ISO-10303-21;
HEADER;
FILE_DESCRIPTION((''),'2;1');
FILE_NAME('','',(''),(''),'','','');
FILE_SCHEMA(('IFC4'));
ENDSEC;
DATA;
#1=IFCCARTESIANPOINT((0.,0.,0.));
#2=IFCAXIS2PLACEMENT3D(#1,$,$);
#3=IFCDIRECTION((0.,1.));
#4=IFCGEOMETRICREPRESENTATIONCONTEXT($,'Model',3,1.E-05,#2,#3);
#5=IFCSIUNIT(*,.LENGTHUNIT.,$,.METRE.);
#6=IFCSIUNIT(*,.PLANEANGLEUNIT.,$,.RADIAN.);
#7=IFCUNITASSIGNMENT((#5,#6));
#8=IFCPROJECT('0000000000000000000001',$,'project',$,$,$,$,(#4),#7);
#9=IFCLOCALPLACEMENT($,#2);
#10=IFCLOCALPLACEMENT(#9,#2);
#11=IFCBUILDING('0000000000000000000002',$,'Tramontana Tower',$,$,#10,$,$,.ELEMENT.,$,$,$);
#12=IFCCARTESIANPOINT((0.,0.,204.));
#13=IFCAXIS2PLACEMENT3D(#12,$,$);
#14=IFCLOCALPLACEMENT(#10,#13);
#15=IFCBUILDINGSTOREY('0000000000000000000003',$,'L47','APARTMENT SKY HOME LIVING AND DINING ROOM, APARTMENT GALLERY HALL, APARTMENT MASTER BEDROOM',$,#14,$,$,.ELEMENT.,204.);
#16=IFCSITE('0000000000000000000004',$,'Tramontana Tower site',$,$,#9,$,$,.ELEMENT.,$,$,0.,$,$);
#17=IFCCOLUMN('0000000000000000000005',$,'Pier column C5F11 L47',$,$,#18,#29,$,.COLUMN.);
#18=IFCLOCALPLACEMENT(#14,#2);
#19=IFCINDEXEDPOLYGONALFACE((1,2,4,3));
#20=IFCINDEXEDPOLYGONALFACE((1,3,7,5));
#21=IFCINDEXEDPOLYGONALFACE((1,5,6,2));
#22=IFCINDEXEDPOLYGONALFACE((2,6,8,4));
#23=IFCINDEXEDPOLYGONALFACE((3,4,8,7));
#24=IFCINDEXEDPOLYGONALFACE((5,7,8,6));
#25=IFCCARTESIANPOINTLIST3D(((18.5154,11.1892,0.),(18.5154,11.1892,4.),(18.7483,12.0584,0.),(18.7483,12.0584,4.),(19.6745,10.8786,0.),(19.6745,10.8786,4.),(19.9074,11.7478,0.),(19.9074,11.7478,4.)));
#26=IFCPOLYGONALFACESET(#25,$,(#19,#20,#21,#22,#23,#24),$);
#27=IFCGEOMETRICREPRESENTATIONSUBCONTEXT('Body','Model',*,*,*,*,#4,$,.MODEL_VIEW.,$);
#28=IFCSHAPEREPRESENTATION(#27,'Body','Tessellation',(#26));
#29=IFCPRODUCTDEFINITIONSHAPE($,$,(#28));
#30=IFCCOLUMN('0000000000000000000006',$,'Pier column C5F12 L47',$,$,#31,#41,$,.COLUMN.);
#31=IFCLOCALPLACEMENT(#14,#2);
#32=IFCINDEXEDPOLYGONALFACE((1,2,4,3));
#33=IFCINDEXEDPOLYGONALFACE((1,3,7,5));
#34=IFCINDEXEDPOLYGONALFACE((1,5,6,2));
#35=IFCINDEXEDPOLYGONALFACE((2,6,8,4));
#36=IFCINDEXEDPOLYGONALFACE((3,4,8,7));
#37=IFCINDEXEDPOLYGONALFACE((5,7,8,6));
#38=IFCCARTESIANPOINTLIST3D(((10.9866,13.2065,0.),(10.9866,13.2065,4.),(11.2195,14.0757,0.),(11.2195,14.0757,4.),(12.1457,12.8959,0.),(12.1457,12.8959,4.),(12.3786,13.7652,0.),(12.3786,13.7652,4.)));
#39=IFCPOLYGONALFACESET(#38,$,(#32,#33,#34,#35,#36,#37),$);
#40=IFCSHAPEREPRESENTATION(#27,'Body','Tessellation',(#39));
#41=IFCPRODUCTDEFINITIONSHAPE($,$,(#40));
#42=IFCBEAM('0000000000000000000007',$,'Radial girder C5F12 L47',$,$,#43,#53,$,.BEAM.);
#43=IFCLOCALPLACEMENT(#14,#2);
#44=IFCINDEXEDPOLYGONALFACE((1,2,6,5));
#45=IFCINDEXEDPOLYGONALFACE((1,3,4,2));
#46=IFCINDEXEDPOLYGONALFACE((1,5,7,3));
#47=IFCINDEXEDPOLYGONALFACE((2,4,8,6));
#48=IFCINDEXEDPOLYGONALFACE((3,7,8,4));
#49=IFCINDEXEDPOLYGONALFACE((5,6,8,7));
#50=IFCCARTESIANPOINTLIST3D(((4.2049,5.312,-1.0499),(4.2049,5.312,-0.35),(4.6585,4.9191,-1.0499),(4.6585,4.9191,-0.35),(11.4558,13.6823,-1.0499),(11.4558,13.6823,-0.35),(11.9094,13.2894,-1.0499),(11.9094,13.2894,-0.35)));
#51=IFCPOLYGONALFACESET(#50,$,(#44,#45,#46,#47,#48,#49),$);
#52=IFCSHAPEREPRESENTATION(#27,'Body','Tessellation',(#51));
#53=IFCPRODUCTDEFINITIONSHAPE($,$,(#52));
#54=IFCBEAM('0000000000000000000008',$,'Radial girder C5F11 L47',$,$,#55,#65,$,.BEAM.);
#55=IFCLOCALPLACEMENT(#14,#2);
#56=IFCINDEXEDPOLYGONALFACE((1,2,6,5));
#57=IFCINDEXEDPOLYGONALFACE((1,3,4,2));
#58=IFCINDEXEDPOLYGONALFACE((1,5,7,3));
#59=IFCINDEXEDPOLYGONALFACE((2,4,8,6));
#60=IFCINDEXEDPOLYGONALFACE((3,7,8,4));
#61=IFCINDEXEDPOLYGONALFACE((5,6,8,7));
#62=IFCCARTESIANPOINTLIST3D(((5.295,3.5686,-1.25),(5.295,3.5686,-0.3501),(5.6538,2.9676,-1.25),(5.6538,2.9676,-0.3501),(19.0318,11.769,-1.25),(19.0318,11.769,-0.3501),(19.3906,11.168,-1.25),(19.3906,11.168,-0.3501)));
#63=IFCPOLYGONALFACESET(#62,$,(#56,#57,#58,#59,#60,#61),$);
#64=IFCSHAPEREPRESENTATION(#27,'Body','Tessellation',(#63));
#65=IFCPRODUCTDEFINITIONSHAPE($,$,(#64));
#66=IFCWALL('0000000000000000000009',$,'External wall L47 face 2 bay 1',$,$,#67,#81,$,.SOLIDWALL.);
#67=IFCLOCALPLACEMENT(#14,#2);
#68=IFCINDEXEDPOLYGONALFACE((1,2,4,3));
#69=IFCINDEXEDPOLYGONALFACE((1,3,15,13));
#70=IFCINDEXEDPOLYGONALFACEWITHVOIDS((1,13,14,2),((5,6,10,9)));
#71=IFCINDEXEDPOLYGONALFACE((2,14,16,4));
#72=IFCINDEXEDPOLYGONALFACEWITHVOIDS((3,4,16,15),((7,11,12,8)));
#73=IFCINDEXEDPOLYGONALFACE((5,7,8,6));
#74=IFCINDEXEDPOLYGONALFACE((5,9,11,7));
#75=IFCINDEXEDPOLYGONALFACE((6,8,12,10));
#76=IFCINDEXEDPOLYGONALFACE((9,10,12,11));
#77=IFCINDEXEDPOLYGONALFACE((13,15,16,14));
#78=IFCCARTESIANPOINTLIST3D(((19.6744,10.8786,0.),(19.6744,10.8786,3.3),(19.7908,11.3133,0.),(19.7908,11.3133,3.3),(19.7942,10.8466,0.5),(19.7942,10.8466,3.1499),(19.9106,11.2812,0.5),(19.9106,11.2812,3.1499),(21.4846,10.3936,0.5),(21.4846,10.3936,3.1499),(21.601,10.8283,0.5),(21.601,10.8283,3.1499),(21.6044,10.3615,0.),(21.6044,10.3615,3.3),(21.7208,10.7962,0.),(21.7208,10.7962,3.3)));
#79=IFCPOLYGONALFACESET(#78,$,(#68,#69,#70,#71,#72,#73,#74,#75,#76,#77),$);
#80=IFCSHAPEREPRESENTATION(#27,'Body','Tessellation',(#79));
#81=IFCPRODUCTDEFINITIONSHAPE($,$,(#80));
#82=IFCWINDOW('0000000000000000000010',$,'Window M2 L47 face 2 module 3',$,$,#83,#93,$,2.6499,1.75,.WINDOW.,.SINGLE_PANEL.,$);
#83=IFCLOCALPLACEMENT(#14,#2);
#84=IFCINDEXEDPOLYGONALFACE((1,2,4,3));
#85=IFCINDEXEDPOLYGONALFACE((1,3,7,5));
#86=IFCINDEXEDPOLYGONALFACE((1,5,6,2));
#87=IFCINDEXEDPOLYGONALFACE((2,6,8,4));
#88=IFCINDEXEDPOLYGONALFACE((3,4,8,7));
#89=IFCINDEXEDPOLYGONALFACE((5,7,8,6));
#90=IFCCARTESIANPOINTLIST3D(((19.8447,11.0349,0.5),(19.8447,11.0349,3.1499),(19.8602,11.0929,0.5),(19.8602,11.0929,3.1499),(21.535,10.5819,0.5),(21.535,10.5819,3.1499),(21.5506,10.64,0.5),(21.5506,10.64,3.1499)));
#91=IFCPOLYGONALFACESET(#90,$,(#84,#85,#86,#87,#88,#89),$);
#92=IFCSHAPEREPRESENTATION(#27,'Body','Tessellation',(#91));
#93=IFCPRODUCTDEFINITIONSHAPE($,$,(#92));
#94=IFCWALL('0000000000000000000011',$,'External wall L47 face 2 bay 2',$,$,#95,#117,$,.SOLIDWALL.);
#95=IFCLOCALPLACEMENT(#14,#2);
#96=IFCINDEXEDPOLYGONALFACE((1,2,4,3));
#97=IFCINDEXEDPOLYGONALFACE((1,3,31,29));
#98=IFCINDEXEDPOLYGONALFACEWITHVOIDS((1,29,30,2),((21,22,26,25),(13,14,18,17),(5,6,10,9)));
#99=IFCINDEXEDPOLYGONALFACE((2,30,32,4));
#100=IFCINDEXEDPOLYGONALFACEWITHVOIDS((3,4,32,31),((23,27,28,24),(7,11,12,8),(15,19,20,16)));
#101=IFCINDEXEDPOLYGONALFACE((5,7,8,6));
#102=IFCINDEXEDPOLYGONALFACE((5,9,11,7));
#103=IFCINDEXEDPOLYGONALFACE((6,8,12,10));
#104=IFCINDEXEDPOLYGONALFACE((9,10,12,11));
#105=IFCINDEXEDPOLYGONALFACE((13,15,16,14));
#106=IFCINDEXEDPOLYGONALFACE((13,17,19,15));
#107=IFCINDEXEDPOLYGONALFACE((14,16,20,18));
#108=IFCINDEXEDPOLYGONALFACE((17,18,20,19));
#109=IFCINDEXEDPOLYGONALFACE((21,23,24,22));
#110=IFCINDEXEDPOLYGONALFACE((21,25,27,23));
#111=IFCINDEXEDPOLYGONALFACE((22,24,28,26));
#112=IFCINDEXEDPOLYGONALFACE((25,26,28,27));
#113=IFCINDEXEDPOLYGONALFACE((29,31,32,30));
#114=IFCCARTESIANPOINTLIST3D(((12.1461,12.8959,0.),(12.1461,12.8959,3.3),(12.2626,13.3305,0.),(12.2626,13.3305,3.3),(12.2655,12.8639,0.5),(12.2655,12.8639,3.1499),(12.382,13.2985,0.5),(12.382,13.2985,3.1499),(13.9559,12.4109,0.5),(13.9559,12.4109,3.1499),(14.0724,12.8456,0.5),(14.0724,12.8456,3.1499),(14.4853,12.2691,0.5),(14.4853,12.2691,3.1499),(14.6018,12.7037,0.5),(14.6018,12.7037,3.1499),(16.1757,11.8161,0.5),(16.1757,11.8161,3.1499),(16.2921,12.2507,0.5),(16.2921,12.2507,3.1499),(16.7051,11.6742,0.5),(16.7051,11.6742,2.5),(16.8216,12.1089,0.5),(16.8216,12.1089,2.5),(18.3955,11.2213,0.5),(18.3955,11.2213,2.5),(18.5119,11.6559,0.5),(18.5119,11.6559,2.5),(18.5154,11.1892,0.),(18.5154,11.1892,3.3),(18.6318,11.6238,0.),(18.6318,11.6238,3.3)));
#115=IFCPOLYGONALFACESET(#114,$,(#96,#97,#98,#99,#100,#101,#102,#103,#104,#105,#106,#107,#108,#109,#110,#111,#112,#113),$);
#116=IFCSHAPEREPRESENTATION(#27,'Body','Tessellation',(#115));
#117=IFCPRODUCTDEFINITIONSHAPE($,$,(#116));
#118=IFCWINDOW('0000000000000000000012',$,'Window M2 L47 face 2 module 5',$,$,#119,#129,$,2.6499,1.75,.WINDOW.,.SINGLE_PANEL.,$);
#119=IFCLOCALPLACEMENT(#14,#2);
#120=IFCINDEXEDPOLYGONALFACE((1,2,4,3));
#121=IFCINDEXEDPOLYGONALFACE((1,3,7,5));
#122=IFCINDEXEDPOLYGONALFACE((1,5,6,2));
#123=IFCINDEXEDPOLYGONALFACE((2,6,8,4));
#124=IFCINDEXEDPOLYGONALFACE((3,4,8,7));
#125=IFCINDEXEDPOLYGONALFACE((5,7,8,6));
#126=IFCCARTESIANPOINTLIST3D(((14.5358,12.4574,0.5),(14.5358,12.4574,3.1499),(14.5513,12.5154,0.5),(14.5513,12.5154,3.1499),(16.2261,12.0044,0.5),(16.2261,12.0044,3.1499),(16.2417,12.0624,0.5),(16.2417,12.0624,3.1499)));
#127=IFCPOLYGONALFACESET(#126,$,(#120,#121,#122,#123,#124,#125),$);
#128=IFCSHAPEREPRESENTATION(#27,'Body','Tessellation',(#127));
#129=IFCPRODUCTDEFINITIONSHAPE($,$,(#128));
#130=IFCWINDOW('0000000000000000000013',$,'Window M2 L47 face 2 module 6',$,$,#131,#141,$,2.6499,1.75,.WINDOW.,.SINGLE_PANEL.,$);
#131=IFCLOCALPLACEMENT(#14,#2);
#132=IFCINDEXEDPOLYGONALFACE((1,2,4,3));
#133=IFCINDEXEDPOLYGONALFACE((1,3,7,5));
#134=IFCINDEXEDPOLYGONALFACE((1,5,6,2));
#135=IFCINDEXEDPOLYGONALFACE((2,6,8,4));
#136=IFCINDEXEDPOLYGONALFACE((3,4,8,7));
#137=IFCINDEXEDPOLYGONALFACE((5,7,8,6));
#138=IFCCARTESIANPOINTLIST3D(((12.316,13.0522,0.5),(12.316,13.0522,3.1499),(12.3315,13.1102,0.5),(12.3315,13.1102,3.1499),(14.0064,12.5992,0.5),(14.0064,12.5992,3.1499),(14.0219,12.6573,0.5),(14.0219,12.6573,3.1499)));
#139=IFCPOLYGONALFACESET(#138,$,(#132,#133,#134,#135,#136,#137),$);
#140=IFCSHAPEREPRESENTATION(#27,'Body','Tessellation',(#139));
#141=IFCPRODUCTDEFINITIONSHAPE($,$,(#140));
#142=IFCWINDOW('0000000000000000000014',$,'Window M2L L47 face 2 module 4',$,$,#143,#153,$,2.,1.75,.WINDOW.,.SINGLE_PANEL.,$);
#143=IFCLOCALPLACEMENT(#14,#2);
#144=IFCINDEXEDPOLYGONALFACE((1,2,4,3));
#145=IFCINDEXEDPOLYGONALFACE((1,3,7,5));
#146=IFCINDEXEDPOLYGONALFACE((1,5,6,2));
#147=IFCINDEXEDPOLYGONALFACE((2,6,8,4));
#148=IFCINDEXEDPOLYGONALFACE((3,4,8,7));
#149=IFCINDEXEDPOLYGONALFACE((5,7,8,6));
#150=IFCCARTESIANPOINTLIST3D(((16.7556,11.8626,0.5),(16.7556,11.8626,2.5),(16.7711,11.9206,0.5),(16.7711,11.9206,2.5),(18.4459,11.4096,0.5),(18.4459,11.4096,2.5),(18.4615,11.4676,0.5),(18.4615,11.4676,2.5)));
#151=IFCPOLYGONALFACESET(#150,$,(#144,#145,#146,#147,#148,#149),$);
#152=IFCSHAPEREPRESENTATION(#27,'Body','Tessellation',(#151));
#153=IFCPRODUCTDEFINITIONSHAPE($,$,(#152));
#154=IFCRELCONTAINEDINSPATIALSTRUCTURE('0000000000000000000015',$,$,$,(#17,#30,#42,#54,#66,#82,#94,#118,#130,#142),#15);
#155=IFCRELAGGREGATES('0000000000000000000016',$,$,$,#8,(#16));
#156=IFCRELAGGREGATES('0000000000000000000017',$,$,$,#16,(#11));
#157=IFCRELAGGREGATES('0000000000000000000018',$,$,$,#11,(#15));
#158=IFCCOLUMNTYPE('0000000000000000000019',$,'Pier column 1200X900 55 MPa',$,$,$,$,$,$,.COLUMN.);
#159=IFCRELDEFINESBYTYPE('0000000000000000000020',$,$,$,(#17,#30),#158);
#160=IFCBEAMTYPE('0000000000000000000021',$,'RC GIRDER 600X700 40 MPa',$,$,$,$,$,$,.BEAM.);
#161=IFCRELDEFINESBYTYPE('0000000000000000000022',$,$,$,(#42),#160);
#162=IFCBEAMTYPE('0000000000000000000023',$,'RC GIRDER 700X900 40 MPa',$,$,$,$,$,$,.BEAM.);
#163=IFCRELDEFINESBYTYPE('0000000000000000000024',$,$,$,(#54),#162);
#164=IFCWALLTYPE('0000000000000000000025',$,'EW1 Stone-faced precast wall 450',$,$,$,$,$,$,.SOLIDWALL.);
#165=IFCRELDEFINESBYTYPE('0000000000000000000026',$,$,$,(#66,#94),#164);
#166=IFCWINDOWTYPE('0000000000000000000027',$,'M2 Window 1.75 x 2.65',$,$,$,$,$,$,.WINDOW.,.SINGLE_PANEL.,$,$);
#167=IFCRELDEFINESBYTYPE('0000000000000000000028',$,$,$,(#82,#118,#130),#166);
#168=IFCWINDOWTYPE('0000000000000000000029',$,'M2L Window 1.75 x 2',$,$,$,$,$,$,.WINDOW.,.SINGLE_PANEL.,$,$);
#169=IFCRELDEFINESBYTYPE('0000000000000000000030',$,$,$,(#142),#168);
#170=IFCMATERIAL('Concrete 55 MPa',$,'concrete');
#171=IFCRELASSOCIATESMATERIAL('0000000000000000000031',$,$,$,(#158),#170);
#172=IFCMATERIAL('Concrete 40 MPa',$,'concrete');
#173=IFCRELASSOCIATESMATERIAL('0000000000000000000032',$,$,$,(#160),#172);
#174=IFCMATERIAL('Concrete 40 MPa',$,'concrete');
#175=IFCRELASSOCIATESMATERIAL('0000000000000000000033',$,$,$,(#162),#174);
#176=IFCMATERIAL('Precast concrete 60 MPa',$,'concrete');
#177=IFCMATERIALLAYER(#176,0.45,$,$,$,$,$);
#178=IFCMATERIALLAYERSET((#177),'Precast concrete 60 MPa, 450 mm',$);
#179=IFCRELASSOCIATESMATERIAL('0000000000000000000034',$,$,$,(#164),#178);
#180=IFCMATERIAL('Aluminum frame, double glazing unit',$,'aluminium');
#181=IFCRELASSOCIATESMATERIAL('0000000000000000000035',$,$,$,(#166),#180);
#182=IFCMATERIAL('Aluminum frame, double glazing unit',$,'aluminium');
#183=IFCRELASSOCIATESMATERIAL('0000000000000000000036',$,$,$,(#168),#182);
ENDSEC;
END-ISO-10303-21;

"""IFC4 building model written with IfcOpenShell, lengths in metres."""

from ifc_helpers import new_model, si_unit, direction, frame, frame_2d, origin, origin_2d, place, context, subcontext, project, spatial, rectangle, extrude, material, layer, layer_set, material_profile, profile_set, type_object, element, fill, save


model = new_model("IFC4")

# Units and contexts
model_context = context("Model", 3, precision=1e-05, world=origin(), true_north=direction((0.0, 1.0)))
body_context = subcontext(model_context, "Body", "Model", "MODEL_VIEW")
ifc_project = project(units=[si_unit("LENGTHUNIT", "METRE"), si_unit("PLANEANGLEUNIT", "RADIAN")], contexts=[model_context])

# Site, building, storey
site_placement = place(None, origin())
site = spatial("IfcSite", under=ifc_project, at=site_placement, Name="Tramontana Tower site", CompositionType="ELEMENT", RefElevation=0.0)
building_placement = place(site_placement, origin())
building = spatial("IfcBuilding", under=site, at=building_placement, Name="Tramontana Tower", CompositionType="ELEMENT")
storey_placement = place(building_placement, frame((0.0, 0.0, 204.0)))
storey = spatial("IfcBuildingStorey", under=building, at=storey_placement, Name="L47", Description="APARTMENT SKY HOME LIVING AND DINING ROOM, APARTMENT GALLERY HALL, APARTMENT MASTER BEDROOM", CompositionType="ELEMENT", Elevation=204.0)

# Columns
ifc_material_1 = material(Name="Concrete 55 MPa", Category="concrete")
ifc_material_profile_1 = material_profile(ifc_material_1, rectangle(XDim=1.2, YDim=0.8999, at=origin_2d()), Name="Pier column 1200X900 55 MPa")
ifc_profile_set_1 = profile_set([ifc_material_profile_1], Name="Concrete 55 MPa")
column_type = type_object("IfcColumnType", Name="Pier column 1200X900 55 MPa", PredefinedType="COLUMN", material=ifc_profile_set_1)
for number, where, z_axis, x_axis, name in (
    (1, (19.2114, 11.4685, 0.0), (0.0, 0.0, 1.0), (-0.965926, 0.258819, 0.0), "Pier column C5F11 L47"),
    (2, (11.6826, 13.4858, 0.0), (0.0, 0.0, 1.0), (-0.965926, 0.258819, 0.0), "Pier column C5F12 L47"),
):
    element("IfcColumn", number, at=place(storey_placement, frame(where, z_axis=z_axis, x_axis=x_axis)), inside=storey, type_object=column_type, Name=name, PredefinedType="COLUMN", context=body_context, shape_type="SweptSolid", body=[
        extrude(rectangle(XDim=1.2, YDim=0.8999, at=origin_2d()), origin(), (0.0, 0.0, 1.0), 4.0),
    ])

# Beams
ifc_material_2 = material(Name="Concrete 40 MPa", Category="concrete")
ifc_material_profile_2 = material_profile(ifc_material_2, rectangle(XDim=0.6001, YDim=0.7, at=origin_2d()), Name="RC GIRDER 600X700 40 MPa")
ifc_profile_set_2 = profile_set([ifc_material_profile_2], Name="Concrete 40 MPa")
beam_type_1 = type_object("IfcBeamType", Name="RC GIRDER 600X700 40 MPa", PredefinedType="BEAM", material=ifc_profile_set_2)
beam_1_placement = place(storey_placement, frame((11.6826, 13.4858, -0.7), z_axis=(-0.654758, -0.755838, 0.0), x_axis=(0.755838, -0.654758, 0.0)))
element("IfcBeam", 3, at=beam_1_placement, inside=storey, type_object=beam_type_1, Name="Radial girder C5F12 L47", PredefinedType="BEAM", context=body_context, shape_type="SweptSolid", body=[
    extrude(rectangle(XDim=0.6001, YDim=0.7, at=origin_2d()), origin(), (0.0, 0.0, 1.0), 11.0742),
])
ifc_material_3 = material(Name="Concrete 40 MPa", Category="concrete")
ifc_material_profile_3 = material_profile(ifc_material_3, rectangle(XDim=0.7, YDim=0.8999, at=origin_2d()), Name="RC GIRDER 700X900 40 MPa")
ifc_profile_set_3 = profile_set([ifc_material_profile_3], Name="Concrete 40 MPa")
beam_type_2 = type_object("IfcBeamType", Name="RC GIRDER 700X900 40 MPa", PredefinedType="BEAM", material=ifc_profile_set_3)
beam_2_placement = place(storey_placement, frame((19.2112, 11.4685, -0.8), z_axis=(-0.858639, -0.51258, 0.0), x_axis=(0.51258, -0.858639, 0.0)))
element("IfcBeam", 4, at=beam_2_placement, inside=storey, type_object=beam_type_2, Name="Radial girder C5F11 L47", PredefinedType="BEAM", context=body_context, shape_type="SweptSolid", body=[
    extrude(rectangle(XDim=0.7, YDim=0.8999, at=origin_2d()), origin(), (0.0, 0.0, 1.0), 15.9983),
])

# Wall, opening, window
ifc_material_4 = material(Name="Precast concrete 60 MPa", Category="concrete")
ifc_layer_1 = layer(ifc_material_4, 0.45)
ifc_layer_set_1 = layer_set([ifc_layer_1], Name="Precast concrete 60 MPa, 450 mm")
wall_type_1 = type_object("IfcWallType", Name="EW1 Stone-faced precast wall 450", PredefinedType="SOLIDWALL", material=ifc_layer_set_1)
wall_1_placement = place(storey_placement, frame((21.6626, 10.5789, 0.0), z_axis=(0.0, 0.0, 1.0), x_axis=(-0.96593, 0.258803, 0.0)))
wall_1 = element("IfcWall", 5, at=wall_1_placement, inside=storey, type_object=wall_type_1, Name="External wall L47 face 2 bay 1", PredefinedType="SOLIDWALL", context=body_context, shape_type="SweptSolid", body=[
    extrude(rectangle(XDim=1.998, YDim=0.45, at=frame_2d((0.999, 0.0))), origin(), (0.0, 0.0, 1.0), 3.3),
])
opening_1_placement = place(wall_1_placement, frame((0.124, 0.0, 0.5)))
opening_1 = element("IfcOpeningElement", 6, at=opening_1_placement, cuts=wall_1, PredefinedType="OPENING", context=body_context, shape_type="SweptSolid", body=[
    extrude(rectangle(XDim=1.75, YDim=2.6499, at=frame_2d((0.875, 1.325))), frame((0.0, 0.2349, 0.0), z_axis=(0.0, -1.0, 0.0), x_axis=(1.0, 0.0, 0.0)), (0.0, 0.0, 1.0), 0.47),
])
ifc_material_5 = material(Name="Aluminum frame, double glazing unit", Category="aluminium")
window_type_1 = type_object("IfcWindowType", Name="M2 Window 1.75 x 2.65", PartitioningType="SINGLE_PANEL", PredefinedType="WINDOW", material=ifc_material_5)
window_1_placement = place(opening_1_placement, origin())
window_1 = element("IfcWindow", 7, at=window_1_placement, inside=storey, type_object=window_type_1, Name="Window M2 L47 face 2 module 3", OverallHeight=2.6499, OverallWidth=1.75, PartitioningType="SINGLE_PANEL", PredefinedType="WINDOW", context=body_context, shape_type="SweptSolid", body=[
    extrude(rectangle(XDim=1.75, YDim=2.6499, at=frame_2d((0.875, 1.325))), frame((0.0, 0.03, 0.0), z_axis=(0.0, -1.0, 0.0), x_axis=(1.0, 0.0, 0.0)), (0.0, 0.0, 1.0), 0.0601),
])
fill(opening_1, window_1)

# Wall, openings, windows
wall_2_placement = place(storey_placement, frame((18.5735, 11.4065, 0.0), z_axis=(0.0, 0.0, 1.0), x_axis=(-0.965921, 0.258835, 0.0)))
wall_2 = element("IfcWall", 8, at=wall_2_placement, inside=storey, type_object=wall_type_1, Name="External wall L47 face 2 bay 2", PredefinedType="SOLIDWALL", context=body_context, shape_type="SweptSolid", body=[
    extrude(rectangle(XDim=6.594, YDim=0.45, at=frame_2d((3.2969, 0.0))), origin(), (0.0, 0.0, 1.0), 3.3),
])
opening_2_placement = place(wall_2_placement, frame((0.124, 0.0, 0.5)))
opening_2 = element("IfcOpeningElement", 9, at=opening_2_placement, cuts=wall_2, PredefinedType="OPENING", context=body_context, shape_type="SweptSolid", body=[
    extrude(rectangle(XDim=1.75, YDim=2.0, at=frame_2d((0.875, 1.0))), frame((0.0, 0.2349, 0.0), z_axis=(0.0, -1.0, 0.0), x_axis=(1.0, 0.0, 0.0)), (0.0, 0.0, 1.0), 0.47),
])
opening_3_placement = place(wall_2_placement, frame((2.4221, 0.0, 0.5)))
opening_3 = element("IfcOpeningElement", 10, at=opening_3_placement, cuts=wall_2, PredefinedType="OPENING", context=body_context, shape_type="SweptSolid", body=[
    extrude(rectangle(XDim=1.75, YDim=2.6499, at=frame_2d((0.875, 1.325))), frame((0.0, 0.2349, 0.0), z_axis=(0.0, -1.0, 0.0), x_axis=(1.0, 0.0, 0.0)), (0.0, 0.0, 1.0), 0.47),
])
opening_4_placement = place(wall_2_placement, frame((4.7202, 0.0, 0.5)))
opening_4 = element("IfcOpeningElement", 11, at=opening_4_placement, cuts=wall_2, PredefinedType="OPENING", context=body_context, shape_type="SweptSolid", body=[
    extrude(rectangle(XDim=1.75, YDim=2.6499, at=frame_2d((0.875, 1.325))), frame((0.0, 0.2349, 0.0), z_axis=(0.0, -1.0, 0.0), x_axis=(1.0, 0.0, 0.0)), (0.0, 0.0, 1.0), 0.47),
])
window_2_placement = place(opening_3_placement, origin())
window_2 = element("IfcWindow", 12, at=window_2_placement, inside=storey, type_object=window_type_1, Name="Window M2 L47 face 2 module 5", OverallHeight=2.6499, OverallWidth=1.75, PartitioningType="SINGLE_PANEL", PredefinedType="WINDOW", context=body_context, shape_type="SweptSolid", body=[
    extrude(rectangle(XDim=1.75, YDim=2.6499, at=frame_2d((0.875, 1.325))), frame((0.0, 0.03, 0.0), z_axis=(0.0, -1.0, 0.0), x_axis=(1.0, 0.0, 0.0)), (0.0, 0.0, 1.0), 0.0601),
])
fill(opening_3, window_2)
window_3_placement = place(opening_4_placement, origin())
window_3 = element("IfcWindow", 13, at=window_3_placement, inside=storey, type_object=window_type_1, Name="Window M2 L47 face 2 module 6", OverallHeight=2.6499, OverallWidth=1.75, PartitioningType="SINGLE_PANEL", PredefinedType="WINDOW", context=body_context, shape_type="SweptSolid", body=[
    extrude(rectangle(XDim=1.75, YDim=2.6499, at=frame_2d((0.875, 1.325))), frame((0.0, 0.03, 0.0), z_axis=(0.0, -1.0, 0.0), x_axis=(1.0, 0.0, 0.0)), (0.0, 0.0, 1.0), 0.0601),
])
fill(opening_4, window_3)
ifc_material_6 = material(Name="Aluminum frame, double glazing unit", Category="aluminium")
window_type_2 = type_object("IfcWindowType", Name="M2L Window 1.75 x 2", PartitioningType="SINGLE_PANEL", PredefinedType="WINDOW", material=ifc_material_6)
window_4_placement = place(opening_2_placement, origin())
window_4 = element("IfcWindow", 14, at=window_4_placement, inside=storey, type_object=window_type_2, Name="Window M2L L47 face 2 module 4", OverallHeight=2.0, OverallWidth=1.75, PartitioningType="SINGLE_PANEL", PredefinedType="WINDOW", context=body_context, shape_type="SweptSolid", body=[
    extrude(rectangle(XDim=1.75, YDim=2.0, at=frame_2d((0.875, 1.0))), frame((0.0, 0.03, 0.0), z_axis=(0.0, -1.0, 0.0), x_axis=(1.0, 0.0, 0.0)), (0.0, 0.0, 1.0), 0.0601),
])
fill(opening_2, window_4)

save(model, "model.ifc")
